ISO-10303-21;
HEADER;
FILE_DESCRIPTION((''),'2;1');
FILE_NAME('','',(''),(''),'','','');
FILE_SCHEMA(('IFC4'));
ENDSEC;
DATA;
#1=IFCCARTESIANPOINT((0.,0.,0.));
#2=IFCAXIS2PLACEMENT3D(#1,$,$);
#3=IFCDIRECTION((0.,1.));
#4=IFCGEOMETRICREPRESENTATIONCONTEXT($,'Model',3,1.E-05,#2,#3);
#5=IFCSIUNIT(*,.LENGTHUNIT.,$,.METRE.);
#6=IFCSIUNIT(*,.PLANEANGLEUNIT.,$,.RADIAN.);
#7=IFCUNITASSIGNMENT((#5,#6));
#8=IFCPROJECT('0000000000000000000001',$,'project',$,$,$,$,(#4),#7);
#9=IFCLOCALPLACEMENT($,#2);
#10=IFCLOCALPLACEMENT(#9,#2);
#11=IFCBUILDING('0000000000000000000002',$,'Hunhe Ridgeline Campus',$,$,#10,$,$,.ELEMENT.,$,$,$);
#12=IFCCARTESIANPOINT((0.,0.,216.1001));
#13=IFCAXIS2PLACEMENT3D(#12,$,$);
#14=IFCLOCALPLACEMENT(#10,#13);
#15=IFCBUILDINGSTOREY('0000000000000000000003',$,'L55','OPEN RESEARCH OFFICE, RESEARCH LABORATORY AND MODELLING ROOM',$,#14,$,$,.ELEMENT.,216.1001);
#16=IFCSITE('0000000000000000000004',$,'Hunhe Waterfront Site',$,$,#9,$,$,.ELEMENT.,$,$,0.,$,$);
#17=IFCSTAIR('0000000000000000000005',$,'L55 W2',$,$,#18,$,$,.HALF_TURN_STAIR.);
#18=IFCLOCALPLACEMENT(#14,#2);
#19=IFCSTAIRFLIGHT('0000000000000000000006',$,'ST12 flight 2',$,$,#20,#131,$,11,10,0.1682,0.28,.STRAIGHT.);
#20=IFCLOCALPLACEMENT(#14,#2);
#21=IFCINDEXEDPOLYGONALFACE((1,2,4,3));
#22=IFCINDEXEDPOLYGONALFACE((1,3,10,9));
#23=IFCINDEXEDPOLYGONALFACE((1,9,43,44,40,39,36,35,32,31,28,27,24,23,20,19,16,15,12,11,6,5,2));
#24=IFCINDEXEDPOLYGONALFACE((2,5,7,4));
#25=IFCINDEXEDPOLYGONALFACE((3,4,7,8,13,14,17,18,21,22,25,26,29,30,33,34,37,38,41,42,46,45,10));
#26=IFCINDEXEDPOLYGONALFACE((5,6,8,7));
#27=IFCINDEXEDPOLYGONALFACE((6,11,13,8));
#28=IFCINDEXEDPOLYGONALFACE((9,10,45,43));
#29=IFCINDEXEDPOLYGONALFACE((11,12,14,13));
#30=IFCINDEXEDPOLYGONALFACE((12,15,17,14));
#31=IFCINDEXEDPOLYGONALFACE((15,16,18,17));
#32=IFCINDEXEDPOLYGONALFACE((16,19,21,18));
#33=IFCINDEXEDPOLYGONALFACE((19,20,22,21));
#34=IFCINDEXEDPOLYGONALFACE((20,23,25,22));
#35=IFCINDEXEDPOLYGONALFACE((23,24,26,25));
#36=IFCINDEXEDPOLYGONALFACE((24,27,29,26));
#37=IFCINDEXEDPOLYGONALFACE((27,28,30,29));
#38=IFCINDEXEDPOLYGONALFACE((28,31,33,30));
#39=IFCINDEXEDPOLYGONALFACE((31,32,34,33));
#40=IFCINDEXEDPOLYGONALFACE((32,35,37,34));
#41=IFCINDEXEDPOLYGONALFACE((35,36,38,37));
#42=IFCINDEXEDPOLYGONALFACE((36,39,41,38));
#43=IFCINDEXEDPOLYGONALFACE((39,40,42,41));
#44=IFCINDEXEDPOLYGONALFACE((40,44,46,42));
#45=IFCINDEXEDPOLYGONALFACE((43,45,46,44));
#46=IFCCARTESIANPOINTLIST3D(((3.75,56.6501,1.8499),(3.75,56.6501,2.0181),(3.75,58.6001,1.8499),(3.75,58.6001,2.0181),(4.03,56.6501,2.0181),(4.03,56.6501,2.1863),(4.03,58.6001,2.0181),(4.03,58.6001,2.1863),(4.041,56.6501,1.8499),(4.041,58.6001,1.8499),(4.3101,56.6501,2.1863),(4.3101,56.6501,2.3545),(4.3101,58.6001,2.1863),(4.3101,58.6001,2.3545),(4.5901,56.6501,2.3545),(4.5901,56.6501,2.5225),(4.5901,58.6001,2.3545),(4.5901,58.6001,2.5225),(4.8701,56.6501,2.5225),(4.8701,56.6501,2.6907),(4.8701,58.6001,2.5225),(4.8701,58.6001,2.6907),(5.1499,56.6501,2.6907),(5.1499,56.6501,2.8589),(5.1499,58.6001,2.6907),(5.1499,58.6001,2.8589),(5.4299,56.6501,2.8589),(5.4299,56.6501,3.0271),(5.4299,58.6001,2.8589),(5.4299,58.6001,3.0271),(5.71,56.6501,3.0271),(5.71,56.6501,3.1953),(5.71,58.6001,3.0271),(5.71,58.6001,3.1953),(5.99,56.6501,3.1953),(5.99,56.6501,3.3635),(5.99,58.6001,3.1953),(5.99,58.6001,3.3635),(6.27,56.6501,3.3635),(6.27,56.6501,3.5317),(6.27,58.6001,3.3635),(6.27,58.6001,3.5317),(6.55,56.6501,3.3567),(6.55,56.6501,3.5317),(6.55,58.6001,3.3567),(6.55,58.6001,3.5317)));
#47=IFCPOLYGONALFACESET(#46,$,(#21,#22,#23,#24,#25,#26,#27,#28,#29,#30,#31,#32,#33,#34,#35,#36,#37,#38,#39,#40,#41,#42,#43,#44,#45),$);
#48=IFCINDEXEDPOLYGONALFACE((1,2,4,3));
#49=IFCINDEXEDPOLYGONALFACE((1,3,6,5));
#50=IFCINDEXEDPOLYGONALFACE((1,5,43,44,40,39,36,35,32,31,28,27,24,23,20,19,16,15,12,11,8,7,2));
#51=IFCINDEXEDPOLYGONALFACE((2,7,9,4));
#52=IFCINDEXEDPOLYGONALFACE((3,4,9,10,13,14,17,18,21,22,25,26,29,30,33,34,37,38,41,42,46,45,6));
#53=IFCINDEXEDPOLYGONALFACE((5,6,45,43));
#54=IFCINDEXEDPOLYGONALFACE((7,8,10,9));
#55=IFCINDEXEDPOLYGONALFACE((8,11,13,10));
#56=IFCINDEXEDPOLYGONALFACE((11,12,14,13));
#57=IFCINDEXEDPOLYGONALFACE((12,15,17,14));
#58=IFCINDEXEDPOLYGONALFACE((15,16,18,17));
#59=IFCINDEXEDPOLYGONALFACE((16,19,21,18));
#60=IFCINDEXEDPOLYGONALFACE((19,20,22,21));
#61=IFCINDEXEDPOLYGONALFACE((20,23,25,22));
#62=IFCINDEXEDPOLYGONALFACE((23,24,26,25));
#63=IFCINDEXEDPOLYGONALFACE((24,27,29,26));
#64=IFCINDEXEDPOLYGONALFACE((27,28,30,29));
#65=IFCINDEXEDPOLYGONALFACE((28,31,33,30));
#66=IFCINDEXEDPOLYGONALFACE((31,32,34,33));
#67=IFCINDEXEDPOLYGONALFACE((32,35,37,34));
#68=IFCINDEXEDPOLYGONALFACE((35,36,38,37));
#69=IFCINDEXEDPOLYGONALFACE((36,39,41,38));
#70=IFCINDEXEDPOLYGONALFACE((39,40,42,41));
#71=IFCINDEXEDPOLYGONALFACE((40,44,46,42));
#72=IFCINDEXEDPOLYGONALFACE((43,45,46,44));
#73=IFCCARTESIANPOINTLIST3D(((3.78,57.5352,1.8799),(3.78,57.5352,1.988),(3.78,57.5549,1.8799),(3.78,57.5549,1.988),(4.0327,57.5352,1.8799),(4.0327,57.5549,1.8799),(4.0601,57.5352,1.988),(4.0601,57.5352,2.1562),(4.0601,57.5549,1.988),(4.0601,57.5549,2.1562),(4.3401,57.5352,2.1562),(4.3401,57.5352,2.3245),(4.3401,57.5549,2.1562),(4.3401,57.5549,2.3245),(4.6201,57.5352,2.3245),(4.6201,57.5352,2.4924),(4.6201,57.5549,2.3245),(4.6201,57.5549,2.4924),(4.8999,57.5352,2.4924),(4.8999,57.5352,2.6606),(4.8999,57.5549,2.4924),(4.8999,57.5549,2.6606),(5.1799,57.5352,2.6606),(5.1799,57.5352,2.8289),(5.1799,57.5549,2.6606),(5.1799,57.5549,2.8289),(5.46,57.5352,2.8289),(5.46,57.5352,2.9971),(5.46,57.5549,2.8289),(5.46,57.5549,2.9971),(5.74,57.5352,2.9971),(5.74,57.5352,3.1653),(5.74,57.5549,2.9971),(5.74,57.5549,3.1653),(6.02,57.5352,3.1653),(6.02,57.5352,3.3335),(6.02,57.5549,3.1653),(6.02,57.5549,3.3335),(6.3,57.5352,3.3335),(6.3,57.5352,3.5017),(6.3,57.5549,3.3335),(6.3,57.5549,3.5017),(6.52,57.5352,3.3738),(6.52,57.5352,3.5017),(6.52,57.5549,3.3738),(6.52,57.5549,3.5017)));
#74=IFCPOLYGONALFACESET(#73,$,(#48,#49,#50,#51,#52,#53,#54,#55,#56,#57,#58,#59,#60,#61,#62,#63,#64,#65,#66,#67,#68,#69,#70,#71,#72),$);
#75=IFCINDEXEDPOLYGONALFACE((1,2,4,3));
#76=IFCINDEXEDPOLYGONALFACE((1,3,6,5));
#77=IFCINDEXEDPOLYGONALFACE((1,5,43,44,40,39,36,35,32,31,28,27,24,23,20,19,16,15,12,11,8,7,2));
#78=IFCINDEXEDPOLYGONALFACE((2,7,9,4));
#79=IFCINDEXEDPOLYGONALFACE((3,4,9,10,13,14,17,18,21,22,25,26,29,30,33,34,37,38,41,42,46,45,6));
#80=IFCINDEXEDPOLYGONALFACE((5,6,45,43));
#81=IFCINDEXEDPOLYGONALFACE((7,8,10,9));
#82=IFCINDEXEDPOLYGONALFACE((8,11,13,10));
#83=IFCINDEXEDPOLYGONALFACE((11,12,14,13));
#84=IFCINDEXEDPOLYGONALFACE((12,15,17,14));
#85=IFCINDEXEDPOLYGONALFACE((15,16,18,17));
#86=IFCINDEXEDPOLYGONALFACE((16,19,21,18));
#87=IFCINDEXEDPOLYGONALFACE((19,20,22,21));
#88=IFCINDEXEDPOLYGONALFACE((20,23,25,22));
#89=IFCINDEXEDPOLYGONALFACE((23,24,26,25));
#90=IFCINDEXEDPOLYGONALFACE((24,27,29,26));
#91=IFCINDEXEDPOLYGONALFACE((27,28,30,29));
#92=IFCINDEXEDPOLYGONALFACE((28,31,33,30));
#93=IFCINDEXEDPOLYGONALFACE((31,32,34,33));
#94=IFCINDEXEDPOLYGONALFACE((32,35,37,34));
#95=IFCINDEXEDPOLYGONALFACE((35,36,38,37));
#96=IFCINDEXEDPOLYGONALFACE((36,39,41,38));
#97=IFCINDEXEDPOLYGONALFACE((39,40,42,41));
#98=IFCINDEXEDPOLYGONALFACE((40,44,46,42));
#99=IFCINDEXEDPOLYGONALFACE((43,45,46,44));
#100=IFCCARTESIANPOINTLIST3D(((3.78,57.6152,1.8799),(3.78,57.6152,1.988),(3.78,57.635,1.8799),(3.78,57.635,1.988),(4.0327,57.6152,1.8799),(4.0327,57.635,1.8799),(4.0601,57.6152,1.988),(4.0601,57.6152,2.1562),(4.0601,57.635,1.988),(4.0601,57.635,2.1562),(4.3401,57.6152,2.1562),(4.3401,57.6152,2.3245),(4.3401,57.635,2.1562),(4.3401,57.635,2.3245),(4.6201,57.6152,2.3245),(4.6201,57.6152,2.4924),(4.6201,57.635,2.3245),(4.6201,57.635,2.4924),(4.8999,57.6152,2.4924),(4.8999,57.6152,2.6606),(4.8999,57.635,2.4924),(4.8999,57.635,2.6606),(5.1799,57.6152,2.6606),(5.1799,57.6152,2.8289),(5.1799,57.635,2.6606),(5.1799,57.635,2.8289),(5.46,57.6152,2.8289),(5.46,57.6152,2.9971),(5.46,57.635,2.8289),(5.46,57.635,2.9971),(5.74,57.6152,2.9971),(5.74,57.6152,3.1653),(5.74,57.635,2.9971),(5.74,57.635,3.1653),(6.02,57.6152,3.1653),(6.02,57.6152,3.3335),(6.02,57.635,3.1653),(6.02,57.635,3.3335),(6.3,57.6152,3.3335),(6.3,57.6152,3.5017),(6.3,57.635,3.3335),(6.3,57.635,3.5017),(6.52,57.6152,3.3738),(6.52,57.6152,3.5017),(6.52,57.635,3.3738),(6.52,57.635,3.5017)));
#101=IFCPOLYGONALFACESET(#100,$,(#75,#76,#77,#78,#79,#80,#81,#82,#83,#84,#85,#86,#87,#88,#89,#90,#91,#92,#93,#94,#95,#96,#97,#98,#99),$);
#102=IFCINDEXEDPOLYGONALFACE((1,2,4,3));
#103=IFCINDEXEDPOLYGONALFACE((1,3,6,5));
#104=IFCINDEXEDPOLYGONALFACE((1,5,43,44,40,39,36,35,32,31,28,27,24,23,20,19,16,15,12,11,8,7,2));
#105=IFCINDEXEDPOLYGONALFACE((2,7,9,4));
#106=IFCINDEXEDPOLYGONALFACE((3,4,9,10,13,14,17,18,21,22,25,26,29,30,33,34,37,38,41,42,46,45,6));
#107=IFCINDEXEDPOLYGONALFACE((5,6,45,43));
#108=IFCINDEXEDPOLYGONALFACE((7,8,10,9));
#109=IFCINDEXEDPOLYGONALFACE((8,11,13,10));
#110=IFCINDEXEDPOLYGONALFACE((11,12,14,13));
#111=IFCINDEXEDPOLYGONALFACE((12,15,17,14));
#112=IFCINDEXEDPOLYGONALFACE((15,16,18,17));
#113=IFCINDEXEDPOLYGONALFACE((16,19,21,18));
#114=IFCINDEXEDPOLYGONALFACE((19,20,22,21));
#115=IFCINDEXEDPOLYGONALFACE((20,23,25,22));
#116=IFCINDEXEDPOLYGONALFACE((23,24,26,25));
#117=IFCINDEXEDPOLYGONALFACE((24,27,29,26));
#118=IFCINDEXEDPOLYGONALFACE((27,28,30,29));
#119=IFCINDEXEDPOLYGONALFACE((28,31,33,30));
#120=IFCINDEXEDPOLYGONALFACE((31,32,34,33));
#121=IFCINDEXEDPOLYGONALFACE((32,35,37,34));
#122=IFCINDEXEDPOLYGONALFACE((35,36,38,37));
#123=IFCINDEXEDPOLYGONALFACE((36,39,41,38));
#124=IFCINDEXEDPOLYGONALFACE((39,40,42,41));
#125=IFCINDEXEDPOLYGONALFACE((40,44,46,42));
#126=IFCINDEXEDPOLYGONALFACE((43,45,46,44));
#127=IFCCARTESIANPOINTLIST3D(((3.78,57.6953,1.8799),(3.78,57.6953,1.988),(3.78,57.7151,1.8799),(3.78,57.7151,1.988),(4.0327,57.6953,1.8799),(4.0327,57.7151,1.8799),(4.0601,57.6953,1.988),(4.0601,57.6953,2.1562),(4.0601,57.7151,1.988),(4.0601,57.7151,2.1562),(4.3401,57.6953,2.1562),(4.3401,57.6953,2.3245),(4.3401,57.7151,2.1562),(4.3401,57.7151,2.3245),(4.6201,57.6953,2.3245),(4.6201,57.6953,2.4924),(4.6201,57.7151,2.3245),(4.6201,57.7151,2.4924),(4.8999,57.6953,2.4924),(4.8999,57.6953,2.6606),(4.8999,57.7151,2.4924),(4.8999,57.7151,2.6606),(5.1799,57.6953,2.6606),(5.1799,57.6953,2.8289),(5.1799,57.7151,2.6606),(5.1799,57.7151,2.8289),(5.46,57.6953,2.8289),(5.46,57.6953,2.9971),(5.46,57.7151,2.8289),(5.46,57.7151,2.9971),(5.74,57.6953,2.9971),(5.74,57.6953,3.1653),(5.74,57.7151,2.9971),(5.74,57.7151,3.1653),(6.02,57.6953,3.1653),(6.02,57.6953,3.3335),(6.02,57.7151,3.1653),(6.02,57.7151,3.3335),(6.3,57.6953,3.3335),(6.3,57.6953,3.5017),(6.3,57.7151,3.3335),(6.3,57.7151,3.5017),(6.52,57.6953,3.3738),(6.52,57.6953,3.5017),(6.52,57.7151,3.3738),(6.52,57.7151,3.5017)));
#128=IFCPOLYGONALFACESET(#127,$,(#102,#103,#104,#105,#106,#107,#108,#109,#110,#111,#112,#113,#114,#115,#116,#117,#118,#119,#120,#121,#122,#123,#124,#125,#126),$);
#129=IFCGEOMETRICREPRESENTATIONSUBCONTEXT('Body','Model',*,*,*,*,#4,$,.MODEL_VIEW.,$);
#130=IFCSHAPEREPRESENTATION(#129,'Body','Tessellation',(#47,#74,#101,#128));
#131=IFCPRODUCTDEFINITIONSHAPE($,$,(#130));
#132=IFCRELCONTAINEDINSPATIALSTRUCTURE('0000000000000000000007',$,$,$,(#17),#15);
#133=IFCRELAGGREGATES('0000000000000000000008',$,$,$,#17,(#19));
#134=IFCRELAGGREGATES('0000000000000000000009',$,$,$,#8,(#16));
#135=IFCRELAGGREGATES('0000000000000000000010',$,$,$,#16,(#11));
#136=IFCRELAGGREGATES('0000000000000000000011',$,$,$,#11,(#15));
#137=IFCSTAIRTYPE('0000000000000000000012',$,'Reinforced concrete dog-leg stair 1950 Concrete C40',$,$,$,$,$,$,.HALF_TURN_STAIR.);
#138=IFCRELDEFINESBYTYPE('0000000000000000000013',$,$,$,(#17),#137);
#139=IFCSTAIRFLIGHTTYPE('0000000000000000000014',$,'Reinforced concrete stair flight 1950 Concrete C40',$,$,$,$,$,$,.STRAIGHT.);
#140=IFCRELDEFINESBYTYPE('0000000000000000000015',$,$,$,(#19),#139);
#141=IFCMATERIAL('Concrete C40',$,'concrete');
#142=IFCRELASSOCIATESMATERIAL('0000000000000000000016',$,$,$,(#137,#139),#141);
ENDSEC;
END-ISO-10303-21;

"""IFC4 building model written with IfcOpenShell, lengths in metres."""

from ifc_helpers import new_model, si_unit, direction, frame, origin, place, context, subcontext, project, spatial, polyline, outline, extrude, material, type_object, element, aggregate, save


model = new_model("IFC4")

# Units and contexts
model_context = context("Model", 3, precision=1e-05, world=origin(), true_north=direction((0.0, 1.0)))
body_context = subcontext(model_context, "Body", "Model", "MODEL_VIEW")
ifc_project = project(units=[si_unit("LENGTHUNIT", "METRE"), si_unit("PLANEANGLEUNIT", "RADIAN")], contexts=[model_context])

# Site, building, storey
site_placement = place(None, origin())
site = spatial("IfcSite", under=ifc_project, at=site_placement, Name="Hunhe Waterfront Site", CompositionType="ELEMENT", RefElevation=0.0)
building_placement = place(site_placement, origin())
building = spatial("IfcBuilding", under=site, at=building_placement, Name="Hunhe Ridgeline Campus", CompositionType="ELEMENT")
storey_placement = place(building_placement, frame((0.0, 0.0, 216.1001)))
storey = spatial("IfcBuildingStorey", under=building, at=storey_placement, Name="L55", Description="OPEN RESEARCH OFFICE, RESEARCH LABORATORY AND MODELLING ROOM", CompositionType="ELEMENT", Elevation=216.1001)

# Shared definitions
ifc_material_1 = material(Name="Concrete C40", Category="concrete")
stair_type = type_object("IfcStairType", Name="Reinforced concrete dog-leg stair 1950 Concrete C40", PredefinedType="HALF_TURN_STAIR", material=ifc_material_1)
stair_flight_type = type_object("IfcStairFlightType", Name="Reinforced concrete stair flight 1950 Concrete C40", PredefinedType="STRAIGHT", material=ifc_material_1)

# Stair, stair flight
stair_1_placement = place(storey_placement, origin())
stair_1 = element("IfcStair", 1, at=stair_1_placement, inside=storey, type_object=stair_type, Name="L55 W2", PredefinedType="HALF_TURN_STAIR")
stair_flight_1_placement = place(storey_placement, frame((3.75, 57.625, 1.8499), z_axis=(0.0, 0.0, 1.0), x_axis=(1.0, 0.0, 0.0)))
stair_flight_1 = element("IfcStairFlight", 2, at=stair_flight_1_placement, type_object=stair_flight_type, Name="ST12 flight 2", NumberOfRisers=11, NumberOfTreads=10, PredefinedType="STRAIGHT", RiserHeight=0.1682, TreadLength=0.28, context=body_context, shape_type="SweptSolid", body=[
    extrude(outline(polyline([(0.0, 0.0), (0.0, 0.1682), (0.28, 0.1682), (0.28, 0.3364), (0.5601, 0.3364), (0.5601, 0.5046), (0.8401, 0.5046), (0.8401, 0.6726), (1.1201, 0.6726), (1.1201, 0.8408), (1.3999, 0.8408), (1.3999, 1.009), (1.6799, 1.009), (1.6799, 1.1772), (1.96, 1.1772), (1.96, 1.3455), (2.24, 1.3455), (2.24, 1.5137), (2.52, 1.5137), (2.52, 1.6819), (2.8, 1.6819), (2.8, 1.8501), (2.8, 1.5068), (0.291, 0.0), (0.0, 0.0)])), frame((0.0, 0.9751, 0.0), z_axis=(0.0, -1.0, 0.0), x_axis=(1.0, 0.0, 0.0)), (0.0, 0.0, 1.0), 1.95),
    extrude(outline(polyline([(0.03, 0.03), (0.03, 0.1382), (0.3101, 0.1382), (0.3101, 0.3064), (0.5901, 0.3064), (0.5901, 0.4746), (0.8701, 0.4746), (0.8701, 0.6426), (1.1499, 0.6426), (1.1499, 0.8108), (1.4299, 0.8108), (1.4299, 0.979), (1.71, 0.979), (1.71, 1.1472), (1.99, 1.1472), (1.99, 1.3154), (2.27, 1.3154), (2.27, 1.4836), (2.55, 1.4836), (2.55, 1.6519), (2.77, 1.6519), (2.77, 1.5239), (0.2827, 0.03), (0.03, 0.03)])), frame((0.0, -0.0701, 0.0), z_axis=(0.0, -1.0, 0.0), x_axis=(1.0, 0.0, 0.0)), (0.0, 0.0, 1.0), 0.0198),
    extrude(outline(polyline([(0.03, 0.03), (0.03, 0.1382), (0.3101, 0.1382), (0.3101, 0.3064), (0.5901, 0.3064), (0.5901, 0.4746), (0.8701, 0.4746), (0.8701, 0.6426), (1.1499, 0.6426), (1.1499, 0.8108), (1.4299, 0.8108), (1.4299, 0.979), (1.71, 0.979), (1.71, 1.1472), (1.99, 1.1472), (1.99, 1.3154), (2.27, 1.3154), (2.27, 1.4836), (2.55, 1.4836), (2.55, 1.6519), (2.77, 1.6519), (2.77, 1.5239), (0.2827, 0.03), (0.03, 0.03)])), frame((0.0, 0.01, 0.0), z_axis=(0.0, -1.0, 0.0), x_axis=(1.0, 0.0, 0.0)), (0.0, 0.0, 1.0), 0.0198),
    extrude(outline(polyline([(0.03, 0.03), (0.03, 0.1382), (0.3101, 0.1382), (0.3101, 0.3064), (0.5901, 0.3064), (0.5901, 0.4746), (0.8701, 0.4746), (0.8701, 0.6426), (1.1499, 0.6426), (1.1499, 0.8108), (1.4299, 0.8108), (1.4299, 0.979), (1.71, 0.979), (1.71, 1.1472), (1.99, 1.1472), (1.99, 1.3154), (2.27, 1.3154), (2.27, 1.4836), (2.55, 1.4836), (2.55, 1.6519), (2.77, 1.6519), (2.77, 1.5239), (0.2827, 0.03), (0.03, 0.03)])), frame((0.0, 0.0901, 0.0), z_axis=(0.0, -1.0, 0.0), x_axis=(1.0, 0.0, 0.0)), (0.0, 0.0, 1.0), 0.0198),
])
aggregate(stair_1, [stair_flight_1])

save(model, "model.ifc")
